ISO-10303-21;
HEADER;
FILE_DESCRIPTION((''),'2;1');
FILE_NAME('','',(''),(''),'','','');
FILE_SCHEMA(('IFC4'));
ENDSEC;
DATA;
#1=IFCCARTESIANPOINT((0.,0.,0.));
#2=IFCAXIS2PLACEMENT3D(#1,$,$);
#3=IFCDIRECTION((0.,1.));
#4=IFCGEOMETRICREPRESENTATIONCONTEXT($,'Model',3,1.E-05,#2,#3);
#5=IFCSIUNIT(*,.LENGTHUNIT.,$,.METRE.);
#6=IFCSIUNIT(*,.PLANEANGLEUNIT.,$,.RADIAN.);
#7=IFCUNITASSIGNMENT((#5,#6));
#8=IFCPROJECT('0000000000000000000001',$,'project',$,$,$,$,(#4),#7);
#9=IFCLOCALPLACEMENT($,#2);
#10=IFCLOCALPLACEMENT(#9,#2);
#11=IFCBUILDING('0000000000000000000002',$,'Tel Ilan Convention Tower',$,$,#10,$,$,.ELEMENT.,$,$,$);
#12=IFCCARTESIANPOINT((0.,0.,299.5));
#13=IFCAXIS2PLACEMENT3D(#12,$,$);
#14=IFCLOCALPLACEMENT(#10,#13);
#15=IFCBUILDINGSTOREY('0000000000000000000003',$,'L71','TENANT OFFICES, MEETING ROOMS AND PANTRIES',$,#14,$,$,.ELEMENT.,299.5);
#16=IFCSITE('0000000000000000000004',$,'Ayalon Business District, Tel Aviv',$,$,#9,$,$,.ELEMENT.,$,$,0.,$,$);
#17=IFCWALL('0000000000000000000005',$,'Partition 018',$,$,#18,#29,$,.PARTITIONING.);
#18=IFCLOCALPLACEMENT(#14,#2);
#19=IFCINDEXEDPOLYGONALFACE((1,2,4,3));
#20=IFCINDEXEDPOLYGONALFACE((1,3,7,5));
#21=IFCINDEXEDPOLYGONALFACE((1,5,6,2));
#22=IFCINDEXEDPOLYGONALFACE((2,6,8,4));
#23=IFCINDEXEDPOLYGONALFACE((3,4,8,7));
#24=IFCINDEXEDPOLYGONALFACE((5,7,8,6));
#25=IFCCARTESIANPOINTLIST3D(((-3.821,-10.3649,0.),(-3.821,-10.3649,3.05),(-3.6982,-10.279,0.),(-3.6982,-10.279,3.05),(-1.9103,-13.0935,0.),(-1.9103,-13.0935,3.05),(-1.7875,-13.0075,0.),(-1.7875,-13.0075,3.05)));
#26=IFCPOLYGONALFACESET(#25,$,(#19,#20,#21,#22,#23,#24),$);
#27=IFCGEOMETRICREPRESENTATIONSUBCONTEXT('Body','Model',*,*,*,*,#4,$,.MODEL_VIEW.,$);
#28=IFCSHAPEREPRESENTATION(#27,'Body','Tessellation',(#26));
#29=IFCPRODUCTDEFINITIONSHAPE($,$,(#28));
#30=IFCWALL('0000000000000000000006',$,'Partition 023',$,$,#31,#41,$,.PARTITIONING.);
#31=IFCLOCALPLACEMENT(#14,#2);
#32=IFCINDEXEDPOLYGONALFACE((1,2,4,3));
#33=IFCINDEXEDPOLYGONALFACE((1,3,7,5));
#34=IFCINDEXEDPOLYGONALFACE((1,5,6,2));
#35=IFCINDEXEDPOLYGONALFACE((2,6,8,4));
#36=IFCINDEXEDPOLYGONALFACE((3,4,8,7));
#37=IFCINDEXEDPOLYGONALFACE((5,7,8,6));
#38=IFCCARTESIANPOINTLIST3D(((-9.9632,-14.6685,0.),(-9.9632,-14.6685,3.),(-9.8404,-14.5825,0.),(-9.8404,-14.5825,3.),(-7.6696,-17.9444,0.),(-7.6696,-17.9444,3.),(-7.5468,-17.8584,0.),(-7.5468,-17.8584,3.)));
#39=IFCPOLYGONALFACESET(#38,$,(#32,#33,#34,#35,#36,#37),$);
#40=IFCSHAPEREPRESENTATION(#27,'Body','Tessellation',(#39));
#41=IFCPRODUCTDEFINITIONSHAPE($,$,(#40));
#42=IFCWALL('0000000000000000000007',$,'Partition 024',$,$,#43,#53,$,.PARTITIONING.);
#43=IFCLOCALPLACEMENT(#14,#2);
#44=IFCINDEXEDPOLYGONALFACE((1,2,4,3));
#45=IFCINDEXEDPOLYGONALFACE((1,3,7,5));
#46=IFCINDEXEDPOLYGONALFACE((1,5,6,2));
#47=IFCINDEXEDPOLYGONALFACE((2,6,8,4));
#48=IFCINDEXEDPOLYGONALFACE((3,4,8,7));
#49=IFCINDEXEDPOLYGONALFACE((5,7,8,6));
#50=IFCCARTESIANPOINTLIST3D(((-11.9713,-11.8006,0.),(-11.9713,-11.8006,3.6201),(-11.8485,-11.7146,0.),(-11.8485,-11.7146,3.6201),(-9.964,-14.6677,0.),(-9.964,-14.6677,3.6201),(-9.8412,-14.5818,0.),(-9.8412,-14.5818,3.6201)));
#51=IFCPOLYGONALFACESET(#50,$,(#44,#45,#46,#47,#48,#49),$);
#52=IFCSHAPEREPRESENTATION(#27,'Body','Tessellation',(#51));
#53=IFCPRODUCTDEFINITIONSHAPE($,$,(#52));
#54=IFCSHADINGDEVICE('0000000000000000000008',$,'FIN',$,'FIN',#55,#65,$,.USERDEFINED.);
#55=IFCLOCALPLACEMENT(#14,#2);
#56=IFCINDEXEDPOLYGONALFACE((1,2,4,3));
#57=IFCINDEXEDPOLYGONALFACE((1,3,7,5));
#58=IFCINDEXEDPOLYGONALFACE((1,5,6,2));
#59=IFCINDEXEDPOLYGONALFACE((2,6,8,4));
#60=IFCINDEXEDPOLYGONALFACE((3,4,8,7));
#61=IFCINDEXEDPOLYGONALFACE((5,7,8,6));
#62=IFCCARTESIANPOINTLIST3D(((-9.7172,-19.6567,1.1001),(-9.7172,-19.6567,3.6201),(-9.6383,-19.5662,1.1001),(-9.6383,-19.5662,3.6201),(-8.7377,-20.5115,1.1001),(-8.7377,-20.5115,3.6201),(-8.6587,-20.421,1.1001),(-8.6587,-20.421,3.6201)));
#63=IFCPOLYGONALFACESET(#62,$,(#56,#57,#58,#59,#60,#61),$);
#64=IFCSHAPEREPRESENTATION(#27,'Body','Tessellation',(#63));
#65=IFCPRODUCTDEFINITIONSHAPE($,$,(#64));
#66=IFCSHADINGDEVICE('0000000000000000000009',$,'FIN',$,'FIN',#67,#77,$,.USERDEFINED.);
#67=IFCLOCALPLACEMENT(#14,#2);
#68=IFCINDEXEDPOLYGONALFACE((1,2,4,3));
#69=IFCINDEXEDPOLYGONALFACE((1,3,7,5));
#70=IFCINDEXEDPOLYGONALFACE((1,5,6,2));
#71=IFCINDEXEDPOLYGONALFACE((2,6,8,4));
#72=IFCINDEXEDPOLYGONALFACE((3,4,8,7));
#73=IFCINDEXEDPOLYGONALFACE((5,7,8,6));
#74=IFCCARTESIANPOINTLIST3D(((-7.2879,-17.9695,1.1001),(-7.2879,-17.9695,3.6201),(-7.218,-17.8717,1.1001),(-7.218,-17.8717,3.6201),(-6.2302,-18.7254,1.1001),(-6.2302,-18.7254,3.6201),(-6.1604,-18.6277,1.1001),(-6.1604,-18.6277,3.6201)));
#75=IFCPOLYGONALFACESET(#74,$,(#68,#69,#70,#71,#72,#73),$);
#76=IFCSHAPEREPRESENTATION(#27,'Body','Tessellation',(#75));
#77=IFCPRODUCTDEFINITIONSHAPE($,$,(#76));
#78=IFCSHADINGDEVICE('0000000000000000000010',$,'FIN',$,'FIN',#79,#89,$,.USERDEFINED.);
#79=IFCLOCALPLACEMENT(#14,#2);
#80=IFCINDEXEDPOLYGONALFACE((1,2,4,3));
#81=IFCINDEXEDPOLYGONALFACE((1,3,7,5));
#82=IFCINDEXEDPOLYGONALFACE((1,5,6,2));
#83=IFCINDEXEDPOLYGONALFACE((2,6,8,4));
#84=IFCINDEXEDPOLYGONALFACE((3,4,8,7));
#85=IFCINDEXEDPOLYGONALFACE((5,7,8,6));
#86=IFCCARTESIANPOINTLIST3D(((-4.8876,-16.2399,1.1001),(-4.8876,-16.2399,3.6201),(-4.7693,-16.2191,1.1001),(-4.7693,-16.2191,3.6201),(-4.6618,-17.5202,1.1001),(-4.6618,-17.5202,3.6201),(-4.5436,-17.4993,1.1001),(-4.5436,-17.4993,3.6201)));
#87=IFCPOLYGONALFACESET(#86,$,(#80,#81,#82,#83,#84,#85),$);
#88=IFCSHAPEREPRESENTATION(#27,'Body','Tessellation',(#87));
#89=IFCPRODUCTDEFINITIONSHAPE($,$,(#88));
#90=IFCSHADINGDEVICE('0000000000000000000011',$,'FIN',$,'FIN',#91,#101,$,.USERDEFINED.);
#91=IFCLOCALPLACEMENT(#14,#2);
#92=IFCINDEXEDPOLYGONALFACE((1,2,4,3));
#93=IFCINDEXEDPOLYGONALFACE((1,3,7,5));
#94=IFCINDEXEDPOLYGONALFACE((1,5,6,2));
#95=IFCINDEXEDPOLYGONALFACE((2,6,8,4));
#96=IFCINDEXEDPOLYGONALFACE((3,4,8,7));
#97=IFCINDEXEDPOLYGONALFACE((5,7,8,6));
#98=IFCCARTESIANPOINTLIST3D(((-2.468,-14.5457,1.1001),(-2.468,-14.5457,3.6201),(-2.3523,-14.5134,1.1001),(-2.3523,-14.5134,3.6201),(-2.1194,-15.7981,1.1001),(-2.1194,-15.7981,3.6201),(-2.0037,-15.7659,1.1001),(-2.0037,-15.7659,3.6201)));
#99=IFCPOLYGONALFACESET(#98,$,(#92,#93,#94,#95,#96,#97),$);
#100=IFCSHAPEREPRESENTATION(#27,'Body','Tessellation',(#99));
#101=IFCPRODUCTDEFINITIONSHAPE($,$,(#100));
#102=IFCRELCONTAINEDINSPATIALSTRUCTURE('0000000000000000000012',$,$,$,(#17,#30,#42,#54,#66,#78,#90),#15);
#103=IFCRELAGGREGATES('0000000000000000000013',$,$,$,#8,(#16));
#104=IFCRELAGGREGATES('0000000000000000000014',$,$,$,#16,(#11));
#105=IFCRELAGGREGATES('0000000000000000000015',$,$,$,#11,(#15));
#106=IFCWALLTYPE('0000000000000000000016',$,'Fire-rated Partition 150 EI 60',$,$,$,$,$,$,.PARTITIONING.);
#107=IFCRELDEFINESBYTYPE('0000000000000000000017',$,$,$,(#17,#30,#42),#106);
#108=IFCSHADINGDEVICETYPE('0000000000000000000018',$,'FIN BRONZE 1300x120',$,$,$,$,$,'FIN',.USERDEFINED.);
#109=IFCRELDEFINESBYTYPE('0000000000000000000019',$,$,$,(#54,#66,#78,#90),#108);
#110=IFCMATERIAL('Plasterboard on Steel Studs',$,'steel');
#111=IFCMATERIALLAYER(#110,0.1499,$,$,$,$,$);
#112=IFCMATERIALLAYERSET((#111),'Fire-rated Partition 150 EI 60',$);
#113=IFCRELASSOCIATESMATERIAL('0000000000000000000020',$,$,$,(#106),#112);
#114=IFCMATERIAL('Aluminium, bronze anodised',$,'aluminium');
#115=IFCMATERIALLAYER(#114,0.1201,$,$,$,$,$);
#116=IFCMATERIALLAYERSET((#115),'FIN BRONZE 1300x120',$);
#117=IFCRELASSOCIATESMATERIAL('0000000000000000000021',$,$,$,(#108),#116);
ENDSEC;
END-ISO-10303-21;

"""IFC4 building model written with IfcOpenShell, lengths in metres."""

from ifc_helpers import new_model, si_unit, direction, frame, frame_2d, origin, origin_2d, place, context, subcontext, project, spatial, rectangle, extrude, material, layer, layer_set, type_object, element, save


model = new_model("IFC4")

# Units and contexts
model_context = context("Model", 3, precision=1e-05, world=origin(), true_north=direction((0.0, 1.0)))
body_context = subcontext(model_context, "Body", "Model", "MODEL_VIEW")
ifc_project = project(units=[si_unit("LENGTHUNIT", "METRE"), si_unit("PLANEANGLEUNIT", "RADIAN")], contexts=[model_context])

# Site, building, storey
site_placement = place(None, origin())
site = spatial("IfcSite", under=ifc_project, at=site_placement, Name="Ayalon Business District, Tel Aviv", CompositionType="ELEMENT", RefElevation=0.0)
building_placement = place(site_placement, origin())
building = spatial("IfcBuilding", under=site, at=building_placement, Name="Tel Ilan Convention Tower", CompositionType="ELEMENT")
storey_placement = place(building_placement, frame((0.0, 0.0, 299.5)))
storey = spatial("IfcBuildingStorey", under=building, at=storey_placement, Name="L71", Description="TENANT OFFICES, MEETING ROOMS AND PANTRIES", CompositionType="ELEMENT", Elevation=299.5)

# Walls
ifc_material_1 = material(Name="Plasterboard on Steel Studs", Category="steel")
ifc_layer_1 = layer(ifc_material_1, 0.1499)
ifc_layer_set_1 = layer_set([ifc_layer_1], Name="Fire-rated Partition 150 EI 60")
wall_type = type_object("IfcWallType", Name="Fire-rated Partition 150 EI 60", PredefinedType="PARTITIONING", material=ifc_layer_set_1)
wall_1_placement = place(storey_placement, frame((-1.8489, -13.0505, 0.0), z_axis=(0.0, 0.0, 1.0), x_axis=(-0.5736, 0.819135, 0.0)))
element("IfcWall", 1, at=wall_1_placement, inside=storey, type_object=wall_type, Name="Partition 018", PredefinedType="PARTITIONING", context=body_context, shape_type="SweptSolid", body=[
    extrude(rectangle(XDim=3.3311, YDim=0.1499, at=frame_2d((1.6655, 0.0))), origin(), (0.0, 0.0, 1.0), 3.05),
])
wall_2_placement = place(storey_placement, frame((-7.6082, -17.9014, 0.0), z_axis=(0.0, 0.0, 1.0), x_axis=(-0.573561, 0.819163, 0.0)))
element("IfcWall", 2, at=wall_2_placement, inside=storey, type_object=wall_type, Name="Partition 023", PredefinedType="PARTITIONING", context=body_context, shape_type="SweptSolid", body=[
    extrude(rectangle(XDim=3.999, YDim=0.1499, at=frame_2d((1.9995, 0.0))), origin(), (0.0, 0.0, 1.0), 3.0),
])
wall_3_placement = place(storey_placement, frame((-9.9026, -14.6248, 0.0), z_axis=(0.0, 0.0, 1.0), x_axis=(-0.573519, 0.819193, 0.0)))
element("IfcWall", 3, at=wall_3_placement, inside=storey, type_object=wall_type, Name="Partition 024", PredefinedType="PARTITIONING", context=body_context, shape_type="SweptSolid", body=[
    extrude(rectangle(XDim=3.5, YDim=0.1499, at=frame_2d((1.75, 0.0))), origin(), (0.0, 0.0, 1.0), 3.6201),
])

# Shading devices
ifc_material_2 = material(Name="Aluminium, bronze anodised", Category="aluminium")
ifc_layer_2 = layer(ifc_material_2, 0.1201)
ifc_layer_set_2 = layer_set([ifc_layer_2], Name="FIN BRONZE 1300x120")
shading_device_type = type_object("IfcShadingDeviceType", Name="FIN BRONZE 1300x120", ElementType="FIN", PredefinedType="USERDEFINED", material=ifc_layer_set_2)
for number, where, z_axis, x_axis, name in (
    (4, (-9.188, -20.0388, 1.1001), (0.0, 0.0, 1.0), (0.753436, -0.657521, 0.0), "FIN"),
    (5, (-6.7241, -18.2986, 1.1001), (0.0, 0.0, 1.0), (0.813552, -0.581492, 0.0), "FIN"),
    (6, (-4.7156, -16.8696, 1.1001), (0.0, 0.0, 1.0), (0.173648, -0.984808, 0.0), "FIN"),
    (7, (-2.2358, -15.1558, 1.1001), (0.0, 0.0, 1.0), (0.268173, -0.963371, 0.0), "FIN"),
):
    element("IfcShadingDevice", number, at=place(storey_placement, frame(where, z_axis=z_axis, x_axis=x_axis)), inside=storey, type_object=shading_device_type, Name=name, ObjectType="FIN", PredefinedType="USERDEFINED", context=body_context, shape_type="SweptSolid", body=[
        extrude(rectangle(XDim=1.3, YDim=0.1201, at=origin_2d()), origin(), (0.0, 0.0, 1.0), 2.52),
    ])

save(model, "model.ifc")
